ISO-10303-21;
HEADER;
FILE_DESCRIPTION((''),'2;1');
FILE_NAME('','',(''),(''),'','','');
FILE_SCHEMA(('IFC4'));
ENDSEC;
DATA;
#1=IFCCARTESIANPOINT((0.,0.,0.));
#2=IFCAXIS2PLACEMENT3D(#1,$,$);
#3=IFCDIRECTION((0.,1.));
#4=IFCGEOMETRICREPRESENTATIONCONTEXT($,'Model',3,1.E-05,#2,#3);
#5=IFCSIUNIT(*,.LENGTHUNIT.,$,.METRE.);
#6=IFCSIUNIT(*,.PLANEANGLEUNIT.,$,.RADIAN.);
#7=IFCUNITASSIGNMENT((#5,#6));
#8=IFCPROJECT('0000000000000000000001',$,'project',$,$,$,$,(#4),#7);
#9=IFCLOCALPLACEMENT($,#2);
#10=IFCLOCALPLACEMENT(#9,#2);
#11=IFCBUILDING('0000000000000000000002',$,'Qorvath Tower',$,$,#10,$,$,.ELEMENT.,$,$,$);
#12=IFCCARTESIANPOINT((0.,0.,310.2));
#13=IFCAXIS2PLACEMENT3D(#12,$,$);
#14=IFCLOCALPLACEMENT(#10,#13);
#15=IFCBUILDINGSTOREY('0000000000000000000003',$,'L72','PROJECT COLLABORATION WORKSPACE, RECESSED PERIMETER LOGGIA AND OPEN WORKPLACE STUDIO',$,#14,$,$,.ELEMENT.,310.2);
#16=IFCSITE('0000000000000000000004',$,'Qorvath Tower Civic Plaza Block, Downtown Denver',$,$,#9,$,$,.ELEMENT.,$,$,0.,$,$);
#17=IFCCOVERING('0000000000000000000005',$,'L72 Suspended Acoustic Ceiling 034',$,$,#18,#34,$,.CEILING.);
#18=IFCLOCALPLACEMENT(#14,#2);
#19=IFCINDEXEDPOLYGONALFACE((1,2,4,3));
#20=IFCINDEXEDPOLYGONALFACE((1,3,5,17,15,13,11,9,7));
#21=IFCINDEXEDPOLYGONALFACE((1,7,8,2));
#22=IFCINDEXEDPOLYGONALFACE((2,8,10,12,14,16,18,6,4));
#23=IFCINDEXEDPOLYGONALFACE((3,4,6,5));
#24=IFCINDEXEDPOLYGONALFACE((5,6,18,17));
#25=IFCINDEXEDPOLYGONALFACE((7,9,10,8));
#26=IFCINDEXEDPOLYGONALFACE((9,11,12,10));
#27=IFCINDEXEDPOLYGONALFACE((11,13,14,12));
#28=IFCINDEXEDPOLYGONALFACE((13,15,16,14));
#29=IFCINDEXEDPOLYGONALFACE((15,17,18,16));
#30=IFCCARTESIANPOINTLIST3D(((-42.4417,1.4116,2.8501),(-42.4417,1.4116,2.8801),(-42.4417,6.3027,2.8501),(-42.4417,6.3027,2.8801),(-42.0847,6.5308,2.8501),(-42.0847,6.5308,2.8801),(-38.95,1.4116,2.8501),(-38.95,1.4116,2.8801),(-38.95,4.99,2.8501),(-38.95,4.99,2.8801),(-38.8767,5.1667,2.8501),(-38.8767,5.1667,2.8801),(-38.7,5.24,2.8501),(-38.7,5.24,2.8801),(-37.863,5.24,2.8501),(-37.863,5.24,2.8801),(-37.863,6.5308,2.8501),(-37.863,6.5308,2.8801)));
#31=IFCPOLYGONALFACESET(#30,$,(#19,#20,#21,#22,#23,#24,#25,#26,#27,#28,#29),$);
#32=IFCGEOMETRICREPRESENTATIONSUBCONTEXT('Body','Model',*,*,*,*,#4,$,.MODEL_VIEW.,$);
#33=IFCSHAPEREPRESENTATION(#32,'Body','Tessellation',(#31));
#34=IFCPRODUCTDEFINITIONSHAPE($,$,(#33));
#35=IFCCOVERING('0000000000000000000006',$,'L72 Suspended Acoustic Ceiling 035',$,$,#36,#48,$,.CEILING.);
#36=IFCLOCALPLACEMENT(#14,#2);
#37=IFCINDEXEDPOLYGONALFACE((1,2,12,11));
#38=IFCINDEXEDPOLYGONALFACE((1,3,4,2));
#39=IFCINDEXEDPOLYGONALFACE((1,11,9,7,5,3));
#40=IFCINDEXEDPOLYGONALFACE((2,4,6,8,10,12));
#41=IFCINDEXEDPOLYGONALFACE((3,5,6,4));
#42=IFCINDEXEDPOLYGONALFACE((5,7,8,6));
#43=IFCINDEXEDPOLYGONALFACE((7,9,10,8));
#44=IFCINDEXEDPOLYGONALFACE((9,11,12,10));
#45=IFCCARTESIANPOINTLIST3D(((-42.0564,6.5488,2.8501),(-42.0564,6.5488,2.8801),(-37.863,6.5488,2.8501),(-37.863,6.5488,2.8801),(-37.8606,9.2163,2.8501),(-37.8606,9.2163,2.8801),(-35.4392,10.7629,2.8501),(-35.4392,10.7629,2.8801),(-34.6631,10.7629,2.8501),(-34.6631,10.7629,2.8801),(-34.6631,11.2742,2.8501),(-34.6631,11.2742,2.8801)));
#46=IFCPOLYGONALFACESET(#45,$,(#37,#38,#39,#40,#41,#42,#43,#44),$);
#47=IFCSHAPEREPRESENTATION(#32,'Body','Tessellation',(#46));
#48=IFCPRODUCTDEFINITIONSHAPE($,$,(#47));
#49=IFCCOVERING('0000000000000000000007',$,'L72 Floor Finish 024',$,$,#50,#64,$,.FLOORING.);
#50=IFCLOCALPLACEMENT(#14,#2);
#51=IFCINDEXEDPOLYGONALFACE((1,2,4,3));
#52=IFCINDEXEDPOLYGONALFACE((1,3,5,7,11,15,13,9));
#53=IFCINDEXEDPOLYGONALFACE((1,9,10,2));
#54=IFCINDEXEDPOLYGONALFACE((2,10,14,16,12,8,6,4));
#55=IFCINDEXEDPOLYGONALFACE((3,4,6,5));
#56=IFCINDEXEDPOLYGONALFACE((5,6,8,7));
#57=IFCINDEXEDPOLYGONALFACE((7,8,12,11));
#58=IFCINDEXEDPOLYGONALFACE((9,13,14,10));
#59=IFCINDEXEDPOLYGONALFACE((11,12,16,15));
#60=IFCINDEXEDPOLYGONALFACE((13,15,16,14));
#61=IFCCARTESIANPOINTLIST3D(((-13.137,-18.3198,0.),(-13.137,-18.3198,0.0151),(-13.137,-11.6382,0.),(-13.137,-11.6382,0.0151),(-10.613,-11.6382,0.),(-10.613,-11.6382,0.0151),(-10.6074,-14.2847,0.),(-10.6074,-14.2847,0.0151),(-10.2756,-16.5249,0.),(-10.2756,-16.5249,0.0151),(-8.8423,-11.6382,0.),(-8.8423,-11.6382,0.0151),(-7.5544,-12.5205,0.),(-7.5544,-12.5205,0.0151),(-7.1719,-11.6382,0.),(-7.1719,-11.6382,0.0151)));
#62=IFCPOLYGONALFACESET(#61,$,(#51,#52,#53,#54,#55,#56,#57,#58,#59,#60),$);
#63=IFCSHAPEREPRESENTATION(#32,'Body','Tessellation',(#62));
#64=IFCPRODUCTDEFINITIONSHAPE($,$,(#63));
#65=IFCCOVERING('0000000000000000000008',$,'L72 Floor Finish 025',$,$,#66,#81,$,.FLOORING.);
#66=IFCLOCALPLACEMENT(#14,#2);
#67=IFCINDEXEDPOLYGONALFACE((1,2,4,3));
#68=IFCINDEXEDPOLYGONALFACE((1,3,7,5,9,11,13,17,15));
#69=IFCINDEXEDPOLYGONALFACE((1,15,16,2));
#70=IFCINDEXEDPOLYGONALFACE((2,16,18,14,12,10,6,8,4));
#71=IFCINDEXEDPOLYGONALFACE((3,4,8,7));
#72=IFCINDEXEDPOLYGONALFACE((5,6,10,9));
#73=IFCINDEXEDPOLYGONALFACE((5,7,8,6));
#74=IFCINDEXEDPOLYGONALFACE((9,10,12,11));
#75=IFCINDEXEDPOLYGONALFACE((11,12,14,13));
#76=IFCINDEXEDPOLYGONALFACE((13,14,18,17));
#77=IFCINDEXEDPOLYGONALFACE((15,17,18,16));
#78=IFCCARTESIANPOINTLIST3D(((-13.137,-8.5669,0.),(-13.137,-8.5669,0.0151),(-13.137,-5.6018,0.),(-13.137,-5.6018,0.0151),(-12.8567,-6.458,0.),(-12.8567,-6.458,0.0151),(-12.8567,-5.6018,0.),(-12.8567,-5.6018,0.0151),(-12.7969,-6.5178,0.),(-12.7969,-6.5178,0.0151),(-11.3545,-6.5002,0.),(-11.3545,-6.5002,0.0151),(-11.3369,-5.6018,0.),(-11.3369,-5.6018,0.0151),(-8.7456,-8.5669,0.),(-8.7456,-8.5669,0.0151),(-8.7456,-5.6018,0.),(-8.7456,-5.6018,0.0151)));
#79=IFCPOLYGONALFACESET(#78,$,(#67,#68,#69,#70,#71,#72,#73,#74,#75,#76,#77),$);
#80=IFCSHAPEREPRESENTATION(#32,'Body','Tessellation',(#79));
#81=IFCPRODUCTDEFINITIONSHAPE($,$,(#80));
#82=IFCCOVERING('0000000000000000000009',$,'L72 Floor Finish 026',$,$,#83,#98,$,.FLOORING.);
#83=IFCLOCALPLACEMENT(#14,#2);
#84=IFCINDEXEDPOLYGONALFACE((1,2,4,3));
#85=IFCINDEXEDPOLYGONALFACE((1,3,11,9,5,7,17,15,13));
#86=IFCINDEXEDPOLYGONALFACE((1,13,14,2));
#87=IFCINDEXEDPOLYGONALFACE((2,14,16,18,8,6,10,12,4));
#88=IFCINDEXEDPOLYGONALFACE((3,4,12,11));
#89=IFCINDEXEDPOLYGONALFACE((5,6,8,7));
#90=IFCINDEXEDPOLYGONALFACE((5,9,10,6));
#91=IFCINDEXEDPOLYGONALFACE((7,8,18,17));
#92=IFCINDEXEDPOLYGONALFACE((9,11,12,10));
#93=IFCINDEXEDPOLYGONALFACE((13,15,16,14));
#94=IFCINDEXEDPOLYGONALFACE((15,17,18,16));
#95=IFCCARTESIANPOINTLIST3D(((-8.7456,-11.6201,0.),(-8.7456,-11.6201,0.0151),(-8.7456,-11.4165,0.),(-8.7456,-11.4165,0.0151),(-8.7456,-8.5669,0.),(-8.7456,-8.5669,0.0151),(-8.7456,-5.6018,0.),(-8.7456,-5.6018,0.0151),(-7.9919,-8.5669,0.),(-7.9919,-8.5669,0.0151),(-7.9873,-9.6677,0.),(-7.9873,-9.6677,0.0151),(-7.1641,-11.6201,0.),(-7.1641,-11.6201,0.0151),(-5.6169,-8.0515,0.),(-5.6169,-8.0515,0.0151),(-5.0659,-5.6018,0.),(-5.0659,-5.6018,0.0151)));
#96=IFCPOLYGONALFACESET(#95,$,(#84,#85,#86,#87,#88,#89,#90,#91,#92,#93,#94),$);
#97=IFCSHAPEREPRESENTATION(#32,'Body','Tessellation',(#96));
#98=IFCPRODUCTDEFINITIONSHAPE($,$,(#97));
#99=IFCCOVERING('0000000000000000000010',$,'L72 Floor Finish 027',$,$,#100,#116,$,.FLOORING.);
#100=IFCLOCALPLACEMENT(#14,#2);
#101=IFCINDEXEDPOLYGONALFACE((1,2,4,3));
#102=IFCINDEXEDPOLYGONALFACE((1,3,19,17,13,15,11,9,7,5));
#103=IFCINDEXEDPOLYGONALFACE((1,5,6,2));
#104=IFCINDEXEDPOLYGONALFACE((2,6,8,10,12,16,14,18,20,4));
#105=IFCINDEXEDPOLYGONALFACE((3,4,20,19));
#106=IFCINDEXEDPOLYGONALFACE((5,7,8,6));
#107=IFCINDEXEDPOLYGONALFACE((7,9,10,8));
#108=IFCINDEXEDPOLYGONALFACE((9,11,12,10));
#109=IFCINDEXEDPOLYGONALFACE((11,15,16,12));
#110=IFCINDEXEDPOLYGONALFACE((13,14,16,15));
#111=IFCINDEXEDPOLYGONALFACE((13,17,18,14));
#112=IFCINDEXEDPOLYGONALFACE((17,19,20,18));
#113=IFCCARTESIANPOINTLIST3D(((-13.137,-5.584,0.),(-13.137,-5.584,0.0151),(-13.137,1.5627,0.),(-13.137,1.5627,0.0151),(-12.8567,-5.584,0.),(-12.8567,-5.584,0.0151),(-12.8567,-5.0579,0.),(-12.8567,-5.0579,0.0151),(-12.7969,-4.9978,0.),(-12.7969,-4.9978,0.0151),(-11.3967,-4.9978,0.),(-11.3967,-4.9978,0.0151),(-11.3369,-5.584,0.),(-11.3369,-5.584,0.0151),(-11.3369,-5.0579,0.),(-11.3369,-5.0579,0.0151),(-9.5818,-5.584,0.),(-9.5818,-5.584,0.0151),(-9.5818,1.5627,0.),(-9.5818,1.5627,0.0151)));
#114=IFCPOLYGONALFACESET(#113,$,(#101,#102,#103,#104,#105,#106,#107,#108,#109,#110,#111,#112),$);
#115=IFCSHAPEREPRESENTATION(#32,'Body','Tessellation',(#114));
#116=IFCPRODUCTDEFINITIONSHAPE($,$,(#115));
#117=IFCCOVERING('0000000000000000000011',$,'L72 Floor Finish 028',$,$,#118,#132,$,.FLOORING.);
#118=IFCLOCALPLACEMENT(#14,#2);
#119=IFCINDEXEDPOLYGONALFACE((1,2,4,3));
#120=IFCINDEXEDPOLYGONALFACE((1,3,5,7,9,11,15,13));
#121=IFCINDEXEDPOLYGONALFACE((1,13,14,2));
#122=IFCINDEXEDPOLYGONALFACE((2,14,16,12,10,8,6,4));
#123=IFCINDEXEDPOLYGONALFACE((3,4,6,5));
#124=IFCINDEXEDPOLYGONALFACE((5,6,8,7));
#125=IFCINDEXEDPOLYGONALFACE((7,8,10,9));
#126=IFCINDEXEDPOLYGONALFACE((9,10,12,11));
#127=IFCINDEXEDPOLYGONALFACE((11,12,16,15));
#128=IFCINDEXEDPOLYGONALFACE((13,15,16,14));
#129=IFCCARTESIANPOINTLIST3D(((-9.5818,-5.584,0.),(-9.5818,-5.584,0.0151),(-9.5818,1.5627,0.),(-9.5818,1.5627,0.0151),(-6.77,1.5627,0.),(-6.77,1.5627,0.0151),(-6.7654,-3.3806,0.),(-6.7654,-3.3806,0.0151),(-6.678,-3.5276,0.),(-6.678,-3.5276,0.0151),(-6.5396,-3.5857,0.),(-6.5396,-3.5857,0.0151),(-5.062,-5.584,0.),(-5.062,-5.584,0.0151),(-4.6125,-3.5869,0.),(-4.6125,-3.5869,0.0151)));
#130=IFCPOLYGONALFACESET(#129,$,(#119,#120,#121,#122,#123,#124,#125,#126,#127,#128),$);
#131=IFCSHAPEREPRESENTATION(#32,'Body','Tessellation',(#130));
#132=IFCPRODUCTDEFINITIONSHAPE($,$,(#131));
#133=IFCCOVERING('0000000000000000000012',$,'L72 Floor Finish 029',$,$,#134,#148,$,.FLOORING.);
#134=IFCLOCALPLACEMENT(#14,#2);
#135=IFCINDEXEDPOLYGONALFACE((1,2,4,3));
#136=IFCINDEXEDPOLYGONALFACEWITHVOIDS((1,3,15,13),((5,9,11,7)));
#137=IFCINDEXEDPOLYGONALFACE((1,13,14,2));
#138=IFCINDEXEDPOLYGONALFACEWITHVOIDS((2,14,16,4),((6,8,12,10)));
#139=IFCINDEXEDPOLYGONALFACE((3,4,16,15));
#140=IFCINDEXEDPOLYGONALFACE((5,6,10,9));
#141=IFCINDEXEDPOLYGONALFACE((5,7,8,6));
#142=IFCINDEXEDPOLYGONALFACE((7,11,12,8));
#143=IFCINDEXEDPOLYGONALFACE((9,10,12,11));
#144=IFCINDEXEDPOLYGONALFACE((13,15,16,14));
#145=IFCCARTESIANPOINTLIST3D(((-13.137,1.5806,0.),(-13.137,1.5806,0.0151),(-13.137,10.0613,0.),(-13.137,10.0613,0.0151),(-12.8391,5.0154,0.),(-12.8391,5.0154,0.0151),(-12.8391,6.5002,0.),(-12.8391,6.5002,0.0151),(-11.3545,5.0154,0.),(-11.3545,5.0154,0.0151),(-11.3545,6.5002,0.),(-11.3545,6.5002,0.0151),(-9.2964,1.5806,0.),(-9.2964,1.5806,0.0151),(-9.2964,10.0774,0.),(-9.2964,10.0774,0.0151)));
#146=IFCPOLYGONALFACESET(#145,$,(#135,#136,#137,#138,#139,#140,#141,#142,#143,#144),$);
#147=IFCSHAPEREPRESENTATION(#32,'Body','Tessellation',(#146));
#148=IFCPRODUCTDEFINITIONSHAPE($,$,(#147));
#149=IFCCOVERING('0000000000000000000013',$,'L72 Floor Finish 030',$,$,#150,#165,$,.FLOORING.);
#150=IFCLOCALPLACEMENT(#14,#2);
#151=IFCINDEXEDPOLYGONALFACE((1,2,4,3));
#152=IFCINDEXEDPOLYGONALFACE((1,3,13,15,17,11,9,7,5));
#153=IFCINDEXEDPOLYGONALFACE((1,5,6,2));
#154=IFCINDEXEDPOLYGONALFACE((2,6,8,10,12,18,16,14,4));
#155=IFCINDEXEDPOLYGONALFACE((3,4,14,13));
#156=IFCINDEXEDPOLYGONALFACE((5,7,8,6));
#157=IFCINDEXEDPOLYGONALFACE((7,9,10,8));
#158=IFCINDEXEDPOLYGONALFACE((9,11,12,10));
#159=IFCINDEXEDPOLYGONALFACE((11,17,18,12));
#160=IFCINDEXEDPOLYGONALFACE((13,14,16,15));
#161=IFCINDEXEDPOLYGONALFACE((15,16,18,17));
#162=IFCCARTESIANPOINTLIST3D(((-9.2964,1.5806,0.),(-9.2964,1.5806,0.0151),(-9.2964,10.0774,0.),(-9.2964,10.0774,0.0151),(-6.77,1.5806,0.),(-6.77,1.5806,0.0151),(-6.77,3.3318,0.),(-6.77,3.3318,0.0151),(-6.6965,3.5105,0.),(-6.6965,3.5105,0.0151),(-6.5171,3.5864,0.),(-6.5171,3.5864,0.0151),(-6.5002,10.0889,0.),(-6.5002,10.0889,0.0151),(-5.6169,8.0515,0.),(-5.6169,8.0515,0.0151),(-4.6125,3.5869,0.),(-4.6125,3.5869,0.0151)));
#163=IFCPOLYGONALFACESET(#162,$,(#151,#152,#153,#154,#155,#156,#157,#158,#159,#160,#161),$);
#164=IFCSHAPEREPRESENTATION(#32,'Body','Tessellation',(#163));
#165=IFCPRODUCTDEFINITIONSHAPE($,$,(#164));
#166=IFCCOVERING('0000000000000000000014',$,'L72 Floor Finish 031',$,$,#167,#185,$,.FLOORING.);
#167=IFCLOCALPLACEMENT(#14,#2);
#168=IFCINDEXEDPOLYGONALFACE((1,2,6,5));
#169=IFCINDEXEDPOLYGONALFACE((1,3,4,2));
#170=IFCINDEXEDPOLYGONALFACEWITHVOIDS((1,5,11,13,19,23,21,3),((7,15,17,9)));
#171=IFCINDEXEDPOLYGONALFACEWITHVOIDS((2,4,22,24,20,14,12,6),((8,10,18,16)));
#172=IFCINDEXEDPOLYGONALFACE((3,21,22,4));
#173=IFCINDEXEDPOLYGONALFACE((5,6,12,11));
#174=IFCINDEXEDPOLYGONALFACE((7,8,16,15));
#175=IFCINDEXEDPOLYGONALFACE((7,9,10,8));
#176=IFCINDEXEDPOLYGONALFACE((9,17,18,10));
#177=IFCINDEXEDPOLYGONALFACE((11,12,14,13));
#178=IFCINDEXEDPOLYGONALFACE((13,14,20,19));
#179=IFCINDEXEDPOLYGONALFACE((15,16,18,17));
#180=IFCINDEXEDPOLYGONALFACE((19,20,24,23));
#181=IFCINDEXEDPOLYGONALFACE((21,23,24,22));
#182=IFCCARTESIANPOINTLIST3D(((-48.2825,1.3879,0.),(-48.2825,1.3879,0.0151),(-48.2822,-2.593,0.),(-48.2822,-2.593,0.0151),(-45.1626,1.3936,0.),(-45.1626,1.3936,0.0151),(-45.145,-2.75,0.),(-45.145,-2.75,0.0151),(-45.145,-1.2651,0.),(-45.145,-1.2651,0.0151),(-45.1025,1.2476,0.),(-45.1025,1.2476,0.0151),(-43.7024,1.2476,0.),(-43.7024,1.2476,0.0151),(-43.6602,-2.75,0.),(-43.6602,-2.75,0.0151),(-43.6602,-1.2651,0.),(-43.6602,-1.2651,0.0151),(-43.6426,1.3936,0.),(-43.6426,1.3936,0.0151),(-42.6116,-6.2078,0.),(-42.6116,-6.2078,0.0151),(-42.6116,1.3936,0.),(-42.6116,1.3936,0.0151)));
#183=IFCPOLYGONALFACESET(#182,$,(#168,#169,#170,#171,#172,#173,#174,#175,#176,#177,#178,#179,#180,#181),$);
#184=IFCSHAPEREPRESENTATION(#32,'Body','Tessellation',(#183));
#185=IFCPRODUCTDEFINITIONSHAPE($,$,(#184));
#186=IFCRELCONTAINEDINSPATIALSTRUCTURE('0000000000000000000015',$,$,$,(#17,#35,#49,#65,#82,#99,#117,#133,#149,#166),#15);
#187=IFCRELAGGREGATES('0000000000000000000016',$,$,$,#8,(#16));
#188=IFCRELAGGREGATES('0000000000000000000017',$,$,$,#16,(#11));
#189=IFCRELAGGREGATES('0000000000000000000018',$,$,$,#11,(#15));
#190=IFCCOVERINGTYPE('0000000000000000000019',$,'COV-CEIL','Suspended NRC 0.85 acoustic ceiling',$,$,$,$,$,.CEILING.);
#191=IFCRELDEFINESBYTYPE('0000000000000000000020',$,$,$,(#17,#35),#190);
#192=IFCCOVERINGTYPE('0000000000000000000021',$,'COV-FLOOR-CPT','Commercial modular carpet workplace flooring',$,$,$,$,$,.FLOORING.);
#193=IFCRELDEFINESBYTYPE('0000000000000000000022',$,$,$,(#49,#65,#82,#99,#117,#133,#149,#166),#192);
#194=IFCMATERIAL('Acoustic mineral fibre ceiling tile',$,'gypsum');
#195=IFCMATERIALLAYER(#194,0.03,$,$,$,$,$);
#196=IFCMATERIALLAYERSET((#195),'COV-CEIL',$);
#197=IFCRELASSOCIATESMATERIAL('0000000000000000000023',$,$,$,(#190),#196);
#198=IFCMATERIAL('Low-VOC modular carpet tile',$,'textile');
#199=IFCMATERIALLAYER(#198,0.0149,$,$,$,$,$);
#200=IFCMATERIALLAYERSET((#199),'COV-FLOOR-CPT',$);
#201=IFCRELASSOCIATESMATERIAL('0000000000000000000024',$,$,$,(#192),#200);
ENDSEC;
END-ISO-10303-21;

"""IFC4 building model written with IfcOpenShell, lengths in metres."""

from ifc_helpers import new_model, si_unit, direction, frame, origin, place, context, subcontext, project, spatial, polyline, outline, extrude, material, layer, layer_set, type_object, element, save


model = new_model("IFC4")

# Units and contexts
model_context = context("Model", 3, precision=1e-05, world=origin(), true_north=direction((0.0, 1.0)))
body_context = subcontext(model_context, "Body", "Model", "MODEL_VIEW")
ifc_project = project(units=[si_unit("LENGTHUNIT", "METRE"), si_unit("PLANEANGLEUNIT", "RADIAN")], contexts=[model_context])

# Site, building, storey
site_placement = place(None, origin())
site = spatial("IfcSite", under=ifc_project, at=site_placement, Name="Qorvath Tower Civic Plaza Block, Downtown Denver", CompositionType="ELEMENT", RefElevation=0.0)
building_placement = place(site_placement, origin())
building = spatial("IfcBuilding", under=site, at=building_placement, Name="Qorvath Tower", CompositionType="ELEMENT")
storey_placement = place(building_placement, frame((0.0, 0.0, 310.2)))
storey = spatial("IfcBuildingStorey", under=building, at=storey_placement, Name="L72", Description="PROJECT COLLABORATION WORKSPACE, RECESSED PERIMETER LOGGIA AND OPEN WORKPLACE STUDIO", CompositionType="ELEMENT", Elevation=310.2)

# Coverings
ifc_material_1 = material(Name="Acoustic mineral fibre ceiling tile", Category="gypsum")
ifc_layer_1 = layer(ifc_material_1, 0.03)
ifc_layer_set_1 = layer_set([ifc_layer_1], Name="COV-CEIL")
covering_type_1 = type_object("IfcCoveringType", Name="COV-CEIL", Description="Suspended NRC 0.85 acoustic ceiling", PredefinedType="CEILING", material=ifc_layer_set_1)
covering_1_placement = place(storey_placement, frame((0.0, 0.0, 2.8501)))
element("IfcCovering", 1, at=covering_1_placement, inside=storey, type_object=covering_type_1, Name="L72 Suspended Acoustic Ceiling 034", PredefinedType="CEILING", context=body_context, shape_type="SweptSolid", body=[
    extrude(outline(polyline([(-37.863, 5.24), (-37.863, 6.5308), (-42.0847, 6.5308), (-42.4417, 6.3027), (-42.4417, 1.4116), (-38.95, 1.4116), (-38.95, 4.99), (-38.8767, 5.1667), (-38.7, 5.24), (-37.863, 5.24)])), origin(), (0.0, 0.0, 1.0), 0.03),
])
covering_2_placement = place(storey_placement, frame((0.0, 0.0, 2.8501)))
element("IfcCovering", 2, at=covering_2_placement, inside=storey, type_object=covering_type_1, Name="L72 Suspended Acoustic Ceiling 035", PredefinedType="CEILING", context=body_context, shape_type="SweptSolid", body=[
    extrude(outline(polyline([(-34.6631, 10.7629), (-34.6631, 11.2742), (-42.0564, 6.5488), (-37.863, 6.5488), (-37.8606, 9.2163), (-35.4392, 10.7629), (-34.6631, 10.7629)])), origin(), (0.0, 0.0, 1.0), 0.03),
])
ifc_material_2 = material(Name="Low-VOC modular carpet tile", Category="textile")
ifc_layer_2 = layer(ifc_material_2, 0.0149)
ifc_layer_set_2 = layer_set([ifc_layer_2], Name="COV-FLOOR-CPT")
covering_type_2 = type_object("IfcCoveringType", Name="COV-FLOOR-CPT", Description="Commercial modular carpet workplace flooring", PredefinedType="FLOORING", material=ifc_layer_set_2)
covering_3_placement = place(storey_placement, origin())
element("IfcCovering", 3, at=covering_3_placement, inside=storey, type_object=covering_type_2, Name="L72 Floor Finish 024", PredefinedType="FLOORING", context=body_context, shape_type="SweptSolid", body=[
    extrude(outline(polyline([(-13.137, -18.3198), (-10.2756, -16.5249), (-7.5544, -12.5205), (-7.1719, -11.6382), (-8.8423, -11.6382), (-10.6074, -14.2847), (-10.613, -11.6382), (-13.137, -11.6382), (-13.137, -18.3198)])), origin(), (0.0, 0.0, 1.0), 0.0151),
])
covering_4_placement = place(storey_placement, origin())
element("IfcCovering", 4, at=covering_4_placement, inside=storey, type_object=covering_type_2, Name="L72 Floor Finish 025", PredefinedType="FLOORING", context=body_context, shape_type="SweptSolid", body=[
    extrude(outline(polyline([(-8.7456, -8.5669), (-8.7456, -5.6018), (-11.3369, -5.6018), (-11.3545, -6.5002), (-12.7969, -6.5178), (-12.8567, -6.458), (-12.8567, -5.6018), (-13.137, -5.6018), (-13.137, -8.5669), (-8.7456, -8.5669)])), origin(), (0.0, 0.0, 1.0), 0.0151),
])
covering_5_placement = place(storey_placement, origin())
element("IfcCovering", 5, at=covering_5_placement, inside=storey, type_object=covering_type_2, Name="L72 Floor Finish 026", PredefinedType="FLOORING", context=body_context, shape_type="SweptSolid", body=[
    extrude(outline(polyline([(-7.9873, -9.6677), (-8.7456, -11.4165), (-8.7456, -11.6201), (-7.1641, -11.6201), (-5.6169, -8.0515), (-5.0659, -5.6018), (-8.7456, -5.6018), (-8.7456, -8.5669), (-7.9919, -8.5669), (-7.9873, -9.6677)])), origin(), (0.0, 0.0, 1.0), 0.0151),
])
covering_6_placement = place(storey_placement, origin())
element("IfcCovering", 6, at=covering_6_placement, inside=storey, type_object=covering_type_2, Name="L72 Floor Finish 027", PredefinedType="FLOORING", context=body_context, shape_type="SweptSolid", body=[
    extrude(outline(polyline([(-9.5818, -5.584), (-9.5818, 1.5627), (-13.137, 1.5627), (-13.137, -5.584), (-12.8567, -5.584), (-12.8567, -5.0579), (-12.7969, -4.9978), (-11.3967, -4.9978), (-11.3369, -5.0579), (-11.3369, -5.584), (-9.5818, -5.584)])), origin(), (0.0, 0.0, 1.0), 0.0151),
])
covering_7_placement = place(storey_placement, origin())
element("IfcCovering", 7, at=covering_7_placement, inside=storey, type_object=covering_type_2, Name="L72 Floor Finish 028", PredefinedType="FLOORING", context=body_context, shape_type="SweptSolid", body=[
    extrude(outline(polyline([(-6.678, -3.5276), (-6.7654, -3.3806), (-6.77, 1.5627), (-9.5818, 1.5627), (-9.5818, -5.584), (-5.062, -5.584), (-4.6125, -3.5869), (-6.5396, -3.5857), (-6.678, -3.5276)])), origin(), (0.0, 0.0, 1.0), 0.0151),
])
covering_8_placement = place(storey_placement, origin())
element("IfcCovering", 8, at=covering_8_placement, inside=storey, type_object=covering_type_2, Name="L72 Floor Finish 029", PredefinedType="FLOORING", context=body_context, shape_type="SweptSolid", body=[
    extrude(outline(polyline([(-9.2964, 1.5806), (-9.2964, 10.0774), (-13.137, 10.0613), (-13.137, 1.5806), (-9.2964, 1.5806)]), holes=[polyline([(-12.8391, 5.0154), (-12.8391, 6.5002), (-11.3545, 6.5002), (-11.3545, 5.0154), (-12.8391, 5.0154)])]), origin(), (0.0, 0.0, 1.0), 0.0151),
])
covering_9_placement = place(storey_placement, origin())
element("IfcCovering", 9, at=covering_9_placement, inside=storey, type_object=covering_type_2, Name="L72 Floor Finish 030", PredefinedType="FLOORING", context=body_context, shape_type="SweptSolid", body=[
    extrude(outline(polyline([(-6.5171, 3.5864), (-4.6125, 3.5869), (-5.6169, 8.0515), (-6.5002, 10.0889), (-9.2964, 10.0774), (-9.2964, 1.5806), (-6.77, 1.5806), (-6.77, 3.3318), (-6.6965, 3.5105), (-6.5171, 3.5864)])), origin(), (0.0, 0.0, 1.0), 0.0151),
])
covering_10_placement = place(storey_placement, origin())
element("IfcCovering", 10, at=covering_10_placement, inside=storey, type_object=covering_type_2, Name="L72 Floor Finish 031", PredefinedType="FLOORING", context=body_context, shape_type="SweptSolid", body=[
    extrude(outline(polyline([(-48.2825, 1.3879), (-48.2822, -2.593), (-42.6116, -6.2078), (-42.6116, 1.3936), (-43.6426, 1.3936), (-43.7024, 1.2476), (-45.1025, 1.2476), (-45.1626, 1.3936), (-48.2825, 1.3879)]), holes=[polyline([(-45.145, -2.75), (-45.145, -1.2651), (-43.6602, -1.2651), (-43.6602, -2.75), (-45.145, -2.75)])]), origin(), (0.0, 0.0, 1.0), 0.0151),
])

save(model, "model.ifc")
